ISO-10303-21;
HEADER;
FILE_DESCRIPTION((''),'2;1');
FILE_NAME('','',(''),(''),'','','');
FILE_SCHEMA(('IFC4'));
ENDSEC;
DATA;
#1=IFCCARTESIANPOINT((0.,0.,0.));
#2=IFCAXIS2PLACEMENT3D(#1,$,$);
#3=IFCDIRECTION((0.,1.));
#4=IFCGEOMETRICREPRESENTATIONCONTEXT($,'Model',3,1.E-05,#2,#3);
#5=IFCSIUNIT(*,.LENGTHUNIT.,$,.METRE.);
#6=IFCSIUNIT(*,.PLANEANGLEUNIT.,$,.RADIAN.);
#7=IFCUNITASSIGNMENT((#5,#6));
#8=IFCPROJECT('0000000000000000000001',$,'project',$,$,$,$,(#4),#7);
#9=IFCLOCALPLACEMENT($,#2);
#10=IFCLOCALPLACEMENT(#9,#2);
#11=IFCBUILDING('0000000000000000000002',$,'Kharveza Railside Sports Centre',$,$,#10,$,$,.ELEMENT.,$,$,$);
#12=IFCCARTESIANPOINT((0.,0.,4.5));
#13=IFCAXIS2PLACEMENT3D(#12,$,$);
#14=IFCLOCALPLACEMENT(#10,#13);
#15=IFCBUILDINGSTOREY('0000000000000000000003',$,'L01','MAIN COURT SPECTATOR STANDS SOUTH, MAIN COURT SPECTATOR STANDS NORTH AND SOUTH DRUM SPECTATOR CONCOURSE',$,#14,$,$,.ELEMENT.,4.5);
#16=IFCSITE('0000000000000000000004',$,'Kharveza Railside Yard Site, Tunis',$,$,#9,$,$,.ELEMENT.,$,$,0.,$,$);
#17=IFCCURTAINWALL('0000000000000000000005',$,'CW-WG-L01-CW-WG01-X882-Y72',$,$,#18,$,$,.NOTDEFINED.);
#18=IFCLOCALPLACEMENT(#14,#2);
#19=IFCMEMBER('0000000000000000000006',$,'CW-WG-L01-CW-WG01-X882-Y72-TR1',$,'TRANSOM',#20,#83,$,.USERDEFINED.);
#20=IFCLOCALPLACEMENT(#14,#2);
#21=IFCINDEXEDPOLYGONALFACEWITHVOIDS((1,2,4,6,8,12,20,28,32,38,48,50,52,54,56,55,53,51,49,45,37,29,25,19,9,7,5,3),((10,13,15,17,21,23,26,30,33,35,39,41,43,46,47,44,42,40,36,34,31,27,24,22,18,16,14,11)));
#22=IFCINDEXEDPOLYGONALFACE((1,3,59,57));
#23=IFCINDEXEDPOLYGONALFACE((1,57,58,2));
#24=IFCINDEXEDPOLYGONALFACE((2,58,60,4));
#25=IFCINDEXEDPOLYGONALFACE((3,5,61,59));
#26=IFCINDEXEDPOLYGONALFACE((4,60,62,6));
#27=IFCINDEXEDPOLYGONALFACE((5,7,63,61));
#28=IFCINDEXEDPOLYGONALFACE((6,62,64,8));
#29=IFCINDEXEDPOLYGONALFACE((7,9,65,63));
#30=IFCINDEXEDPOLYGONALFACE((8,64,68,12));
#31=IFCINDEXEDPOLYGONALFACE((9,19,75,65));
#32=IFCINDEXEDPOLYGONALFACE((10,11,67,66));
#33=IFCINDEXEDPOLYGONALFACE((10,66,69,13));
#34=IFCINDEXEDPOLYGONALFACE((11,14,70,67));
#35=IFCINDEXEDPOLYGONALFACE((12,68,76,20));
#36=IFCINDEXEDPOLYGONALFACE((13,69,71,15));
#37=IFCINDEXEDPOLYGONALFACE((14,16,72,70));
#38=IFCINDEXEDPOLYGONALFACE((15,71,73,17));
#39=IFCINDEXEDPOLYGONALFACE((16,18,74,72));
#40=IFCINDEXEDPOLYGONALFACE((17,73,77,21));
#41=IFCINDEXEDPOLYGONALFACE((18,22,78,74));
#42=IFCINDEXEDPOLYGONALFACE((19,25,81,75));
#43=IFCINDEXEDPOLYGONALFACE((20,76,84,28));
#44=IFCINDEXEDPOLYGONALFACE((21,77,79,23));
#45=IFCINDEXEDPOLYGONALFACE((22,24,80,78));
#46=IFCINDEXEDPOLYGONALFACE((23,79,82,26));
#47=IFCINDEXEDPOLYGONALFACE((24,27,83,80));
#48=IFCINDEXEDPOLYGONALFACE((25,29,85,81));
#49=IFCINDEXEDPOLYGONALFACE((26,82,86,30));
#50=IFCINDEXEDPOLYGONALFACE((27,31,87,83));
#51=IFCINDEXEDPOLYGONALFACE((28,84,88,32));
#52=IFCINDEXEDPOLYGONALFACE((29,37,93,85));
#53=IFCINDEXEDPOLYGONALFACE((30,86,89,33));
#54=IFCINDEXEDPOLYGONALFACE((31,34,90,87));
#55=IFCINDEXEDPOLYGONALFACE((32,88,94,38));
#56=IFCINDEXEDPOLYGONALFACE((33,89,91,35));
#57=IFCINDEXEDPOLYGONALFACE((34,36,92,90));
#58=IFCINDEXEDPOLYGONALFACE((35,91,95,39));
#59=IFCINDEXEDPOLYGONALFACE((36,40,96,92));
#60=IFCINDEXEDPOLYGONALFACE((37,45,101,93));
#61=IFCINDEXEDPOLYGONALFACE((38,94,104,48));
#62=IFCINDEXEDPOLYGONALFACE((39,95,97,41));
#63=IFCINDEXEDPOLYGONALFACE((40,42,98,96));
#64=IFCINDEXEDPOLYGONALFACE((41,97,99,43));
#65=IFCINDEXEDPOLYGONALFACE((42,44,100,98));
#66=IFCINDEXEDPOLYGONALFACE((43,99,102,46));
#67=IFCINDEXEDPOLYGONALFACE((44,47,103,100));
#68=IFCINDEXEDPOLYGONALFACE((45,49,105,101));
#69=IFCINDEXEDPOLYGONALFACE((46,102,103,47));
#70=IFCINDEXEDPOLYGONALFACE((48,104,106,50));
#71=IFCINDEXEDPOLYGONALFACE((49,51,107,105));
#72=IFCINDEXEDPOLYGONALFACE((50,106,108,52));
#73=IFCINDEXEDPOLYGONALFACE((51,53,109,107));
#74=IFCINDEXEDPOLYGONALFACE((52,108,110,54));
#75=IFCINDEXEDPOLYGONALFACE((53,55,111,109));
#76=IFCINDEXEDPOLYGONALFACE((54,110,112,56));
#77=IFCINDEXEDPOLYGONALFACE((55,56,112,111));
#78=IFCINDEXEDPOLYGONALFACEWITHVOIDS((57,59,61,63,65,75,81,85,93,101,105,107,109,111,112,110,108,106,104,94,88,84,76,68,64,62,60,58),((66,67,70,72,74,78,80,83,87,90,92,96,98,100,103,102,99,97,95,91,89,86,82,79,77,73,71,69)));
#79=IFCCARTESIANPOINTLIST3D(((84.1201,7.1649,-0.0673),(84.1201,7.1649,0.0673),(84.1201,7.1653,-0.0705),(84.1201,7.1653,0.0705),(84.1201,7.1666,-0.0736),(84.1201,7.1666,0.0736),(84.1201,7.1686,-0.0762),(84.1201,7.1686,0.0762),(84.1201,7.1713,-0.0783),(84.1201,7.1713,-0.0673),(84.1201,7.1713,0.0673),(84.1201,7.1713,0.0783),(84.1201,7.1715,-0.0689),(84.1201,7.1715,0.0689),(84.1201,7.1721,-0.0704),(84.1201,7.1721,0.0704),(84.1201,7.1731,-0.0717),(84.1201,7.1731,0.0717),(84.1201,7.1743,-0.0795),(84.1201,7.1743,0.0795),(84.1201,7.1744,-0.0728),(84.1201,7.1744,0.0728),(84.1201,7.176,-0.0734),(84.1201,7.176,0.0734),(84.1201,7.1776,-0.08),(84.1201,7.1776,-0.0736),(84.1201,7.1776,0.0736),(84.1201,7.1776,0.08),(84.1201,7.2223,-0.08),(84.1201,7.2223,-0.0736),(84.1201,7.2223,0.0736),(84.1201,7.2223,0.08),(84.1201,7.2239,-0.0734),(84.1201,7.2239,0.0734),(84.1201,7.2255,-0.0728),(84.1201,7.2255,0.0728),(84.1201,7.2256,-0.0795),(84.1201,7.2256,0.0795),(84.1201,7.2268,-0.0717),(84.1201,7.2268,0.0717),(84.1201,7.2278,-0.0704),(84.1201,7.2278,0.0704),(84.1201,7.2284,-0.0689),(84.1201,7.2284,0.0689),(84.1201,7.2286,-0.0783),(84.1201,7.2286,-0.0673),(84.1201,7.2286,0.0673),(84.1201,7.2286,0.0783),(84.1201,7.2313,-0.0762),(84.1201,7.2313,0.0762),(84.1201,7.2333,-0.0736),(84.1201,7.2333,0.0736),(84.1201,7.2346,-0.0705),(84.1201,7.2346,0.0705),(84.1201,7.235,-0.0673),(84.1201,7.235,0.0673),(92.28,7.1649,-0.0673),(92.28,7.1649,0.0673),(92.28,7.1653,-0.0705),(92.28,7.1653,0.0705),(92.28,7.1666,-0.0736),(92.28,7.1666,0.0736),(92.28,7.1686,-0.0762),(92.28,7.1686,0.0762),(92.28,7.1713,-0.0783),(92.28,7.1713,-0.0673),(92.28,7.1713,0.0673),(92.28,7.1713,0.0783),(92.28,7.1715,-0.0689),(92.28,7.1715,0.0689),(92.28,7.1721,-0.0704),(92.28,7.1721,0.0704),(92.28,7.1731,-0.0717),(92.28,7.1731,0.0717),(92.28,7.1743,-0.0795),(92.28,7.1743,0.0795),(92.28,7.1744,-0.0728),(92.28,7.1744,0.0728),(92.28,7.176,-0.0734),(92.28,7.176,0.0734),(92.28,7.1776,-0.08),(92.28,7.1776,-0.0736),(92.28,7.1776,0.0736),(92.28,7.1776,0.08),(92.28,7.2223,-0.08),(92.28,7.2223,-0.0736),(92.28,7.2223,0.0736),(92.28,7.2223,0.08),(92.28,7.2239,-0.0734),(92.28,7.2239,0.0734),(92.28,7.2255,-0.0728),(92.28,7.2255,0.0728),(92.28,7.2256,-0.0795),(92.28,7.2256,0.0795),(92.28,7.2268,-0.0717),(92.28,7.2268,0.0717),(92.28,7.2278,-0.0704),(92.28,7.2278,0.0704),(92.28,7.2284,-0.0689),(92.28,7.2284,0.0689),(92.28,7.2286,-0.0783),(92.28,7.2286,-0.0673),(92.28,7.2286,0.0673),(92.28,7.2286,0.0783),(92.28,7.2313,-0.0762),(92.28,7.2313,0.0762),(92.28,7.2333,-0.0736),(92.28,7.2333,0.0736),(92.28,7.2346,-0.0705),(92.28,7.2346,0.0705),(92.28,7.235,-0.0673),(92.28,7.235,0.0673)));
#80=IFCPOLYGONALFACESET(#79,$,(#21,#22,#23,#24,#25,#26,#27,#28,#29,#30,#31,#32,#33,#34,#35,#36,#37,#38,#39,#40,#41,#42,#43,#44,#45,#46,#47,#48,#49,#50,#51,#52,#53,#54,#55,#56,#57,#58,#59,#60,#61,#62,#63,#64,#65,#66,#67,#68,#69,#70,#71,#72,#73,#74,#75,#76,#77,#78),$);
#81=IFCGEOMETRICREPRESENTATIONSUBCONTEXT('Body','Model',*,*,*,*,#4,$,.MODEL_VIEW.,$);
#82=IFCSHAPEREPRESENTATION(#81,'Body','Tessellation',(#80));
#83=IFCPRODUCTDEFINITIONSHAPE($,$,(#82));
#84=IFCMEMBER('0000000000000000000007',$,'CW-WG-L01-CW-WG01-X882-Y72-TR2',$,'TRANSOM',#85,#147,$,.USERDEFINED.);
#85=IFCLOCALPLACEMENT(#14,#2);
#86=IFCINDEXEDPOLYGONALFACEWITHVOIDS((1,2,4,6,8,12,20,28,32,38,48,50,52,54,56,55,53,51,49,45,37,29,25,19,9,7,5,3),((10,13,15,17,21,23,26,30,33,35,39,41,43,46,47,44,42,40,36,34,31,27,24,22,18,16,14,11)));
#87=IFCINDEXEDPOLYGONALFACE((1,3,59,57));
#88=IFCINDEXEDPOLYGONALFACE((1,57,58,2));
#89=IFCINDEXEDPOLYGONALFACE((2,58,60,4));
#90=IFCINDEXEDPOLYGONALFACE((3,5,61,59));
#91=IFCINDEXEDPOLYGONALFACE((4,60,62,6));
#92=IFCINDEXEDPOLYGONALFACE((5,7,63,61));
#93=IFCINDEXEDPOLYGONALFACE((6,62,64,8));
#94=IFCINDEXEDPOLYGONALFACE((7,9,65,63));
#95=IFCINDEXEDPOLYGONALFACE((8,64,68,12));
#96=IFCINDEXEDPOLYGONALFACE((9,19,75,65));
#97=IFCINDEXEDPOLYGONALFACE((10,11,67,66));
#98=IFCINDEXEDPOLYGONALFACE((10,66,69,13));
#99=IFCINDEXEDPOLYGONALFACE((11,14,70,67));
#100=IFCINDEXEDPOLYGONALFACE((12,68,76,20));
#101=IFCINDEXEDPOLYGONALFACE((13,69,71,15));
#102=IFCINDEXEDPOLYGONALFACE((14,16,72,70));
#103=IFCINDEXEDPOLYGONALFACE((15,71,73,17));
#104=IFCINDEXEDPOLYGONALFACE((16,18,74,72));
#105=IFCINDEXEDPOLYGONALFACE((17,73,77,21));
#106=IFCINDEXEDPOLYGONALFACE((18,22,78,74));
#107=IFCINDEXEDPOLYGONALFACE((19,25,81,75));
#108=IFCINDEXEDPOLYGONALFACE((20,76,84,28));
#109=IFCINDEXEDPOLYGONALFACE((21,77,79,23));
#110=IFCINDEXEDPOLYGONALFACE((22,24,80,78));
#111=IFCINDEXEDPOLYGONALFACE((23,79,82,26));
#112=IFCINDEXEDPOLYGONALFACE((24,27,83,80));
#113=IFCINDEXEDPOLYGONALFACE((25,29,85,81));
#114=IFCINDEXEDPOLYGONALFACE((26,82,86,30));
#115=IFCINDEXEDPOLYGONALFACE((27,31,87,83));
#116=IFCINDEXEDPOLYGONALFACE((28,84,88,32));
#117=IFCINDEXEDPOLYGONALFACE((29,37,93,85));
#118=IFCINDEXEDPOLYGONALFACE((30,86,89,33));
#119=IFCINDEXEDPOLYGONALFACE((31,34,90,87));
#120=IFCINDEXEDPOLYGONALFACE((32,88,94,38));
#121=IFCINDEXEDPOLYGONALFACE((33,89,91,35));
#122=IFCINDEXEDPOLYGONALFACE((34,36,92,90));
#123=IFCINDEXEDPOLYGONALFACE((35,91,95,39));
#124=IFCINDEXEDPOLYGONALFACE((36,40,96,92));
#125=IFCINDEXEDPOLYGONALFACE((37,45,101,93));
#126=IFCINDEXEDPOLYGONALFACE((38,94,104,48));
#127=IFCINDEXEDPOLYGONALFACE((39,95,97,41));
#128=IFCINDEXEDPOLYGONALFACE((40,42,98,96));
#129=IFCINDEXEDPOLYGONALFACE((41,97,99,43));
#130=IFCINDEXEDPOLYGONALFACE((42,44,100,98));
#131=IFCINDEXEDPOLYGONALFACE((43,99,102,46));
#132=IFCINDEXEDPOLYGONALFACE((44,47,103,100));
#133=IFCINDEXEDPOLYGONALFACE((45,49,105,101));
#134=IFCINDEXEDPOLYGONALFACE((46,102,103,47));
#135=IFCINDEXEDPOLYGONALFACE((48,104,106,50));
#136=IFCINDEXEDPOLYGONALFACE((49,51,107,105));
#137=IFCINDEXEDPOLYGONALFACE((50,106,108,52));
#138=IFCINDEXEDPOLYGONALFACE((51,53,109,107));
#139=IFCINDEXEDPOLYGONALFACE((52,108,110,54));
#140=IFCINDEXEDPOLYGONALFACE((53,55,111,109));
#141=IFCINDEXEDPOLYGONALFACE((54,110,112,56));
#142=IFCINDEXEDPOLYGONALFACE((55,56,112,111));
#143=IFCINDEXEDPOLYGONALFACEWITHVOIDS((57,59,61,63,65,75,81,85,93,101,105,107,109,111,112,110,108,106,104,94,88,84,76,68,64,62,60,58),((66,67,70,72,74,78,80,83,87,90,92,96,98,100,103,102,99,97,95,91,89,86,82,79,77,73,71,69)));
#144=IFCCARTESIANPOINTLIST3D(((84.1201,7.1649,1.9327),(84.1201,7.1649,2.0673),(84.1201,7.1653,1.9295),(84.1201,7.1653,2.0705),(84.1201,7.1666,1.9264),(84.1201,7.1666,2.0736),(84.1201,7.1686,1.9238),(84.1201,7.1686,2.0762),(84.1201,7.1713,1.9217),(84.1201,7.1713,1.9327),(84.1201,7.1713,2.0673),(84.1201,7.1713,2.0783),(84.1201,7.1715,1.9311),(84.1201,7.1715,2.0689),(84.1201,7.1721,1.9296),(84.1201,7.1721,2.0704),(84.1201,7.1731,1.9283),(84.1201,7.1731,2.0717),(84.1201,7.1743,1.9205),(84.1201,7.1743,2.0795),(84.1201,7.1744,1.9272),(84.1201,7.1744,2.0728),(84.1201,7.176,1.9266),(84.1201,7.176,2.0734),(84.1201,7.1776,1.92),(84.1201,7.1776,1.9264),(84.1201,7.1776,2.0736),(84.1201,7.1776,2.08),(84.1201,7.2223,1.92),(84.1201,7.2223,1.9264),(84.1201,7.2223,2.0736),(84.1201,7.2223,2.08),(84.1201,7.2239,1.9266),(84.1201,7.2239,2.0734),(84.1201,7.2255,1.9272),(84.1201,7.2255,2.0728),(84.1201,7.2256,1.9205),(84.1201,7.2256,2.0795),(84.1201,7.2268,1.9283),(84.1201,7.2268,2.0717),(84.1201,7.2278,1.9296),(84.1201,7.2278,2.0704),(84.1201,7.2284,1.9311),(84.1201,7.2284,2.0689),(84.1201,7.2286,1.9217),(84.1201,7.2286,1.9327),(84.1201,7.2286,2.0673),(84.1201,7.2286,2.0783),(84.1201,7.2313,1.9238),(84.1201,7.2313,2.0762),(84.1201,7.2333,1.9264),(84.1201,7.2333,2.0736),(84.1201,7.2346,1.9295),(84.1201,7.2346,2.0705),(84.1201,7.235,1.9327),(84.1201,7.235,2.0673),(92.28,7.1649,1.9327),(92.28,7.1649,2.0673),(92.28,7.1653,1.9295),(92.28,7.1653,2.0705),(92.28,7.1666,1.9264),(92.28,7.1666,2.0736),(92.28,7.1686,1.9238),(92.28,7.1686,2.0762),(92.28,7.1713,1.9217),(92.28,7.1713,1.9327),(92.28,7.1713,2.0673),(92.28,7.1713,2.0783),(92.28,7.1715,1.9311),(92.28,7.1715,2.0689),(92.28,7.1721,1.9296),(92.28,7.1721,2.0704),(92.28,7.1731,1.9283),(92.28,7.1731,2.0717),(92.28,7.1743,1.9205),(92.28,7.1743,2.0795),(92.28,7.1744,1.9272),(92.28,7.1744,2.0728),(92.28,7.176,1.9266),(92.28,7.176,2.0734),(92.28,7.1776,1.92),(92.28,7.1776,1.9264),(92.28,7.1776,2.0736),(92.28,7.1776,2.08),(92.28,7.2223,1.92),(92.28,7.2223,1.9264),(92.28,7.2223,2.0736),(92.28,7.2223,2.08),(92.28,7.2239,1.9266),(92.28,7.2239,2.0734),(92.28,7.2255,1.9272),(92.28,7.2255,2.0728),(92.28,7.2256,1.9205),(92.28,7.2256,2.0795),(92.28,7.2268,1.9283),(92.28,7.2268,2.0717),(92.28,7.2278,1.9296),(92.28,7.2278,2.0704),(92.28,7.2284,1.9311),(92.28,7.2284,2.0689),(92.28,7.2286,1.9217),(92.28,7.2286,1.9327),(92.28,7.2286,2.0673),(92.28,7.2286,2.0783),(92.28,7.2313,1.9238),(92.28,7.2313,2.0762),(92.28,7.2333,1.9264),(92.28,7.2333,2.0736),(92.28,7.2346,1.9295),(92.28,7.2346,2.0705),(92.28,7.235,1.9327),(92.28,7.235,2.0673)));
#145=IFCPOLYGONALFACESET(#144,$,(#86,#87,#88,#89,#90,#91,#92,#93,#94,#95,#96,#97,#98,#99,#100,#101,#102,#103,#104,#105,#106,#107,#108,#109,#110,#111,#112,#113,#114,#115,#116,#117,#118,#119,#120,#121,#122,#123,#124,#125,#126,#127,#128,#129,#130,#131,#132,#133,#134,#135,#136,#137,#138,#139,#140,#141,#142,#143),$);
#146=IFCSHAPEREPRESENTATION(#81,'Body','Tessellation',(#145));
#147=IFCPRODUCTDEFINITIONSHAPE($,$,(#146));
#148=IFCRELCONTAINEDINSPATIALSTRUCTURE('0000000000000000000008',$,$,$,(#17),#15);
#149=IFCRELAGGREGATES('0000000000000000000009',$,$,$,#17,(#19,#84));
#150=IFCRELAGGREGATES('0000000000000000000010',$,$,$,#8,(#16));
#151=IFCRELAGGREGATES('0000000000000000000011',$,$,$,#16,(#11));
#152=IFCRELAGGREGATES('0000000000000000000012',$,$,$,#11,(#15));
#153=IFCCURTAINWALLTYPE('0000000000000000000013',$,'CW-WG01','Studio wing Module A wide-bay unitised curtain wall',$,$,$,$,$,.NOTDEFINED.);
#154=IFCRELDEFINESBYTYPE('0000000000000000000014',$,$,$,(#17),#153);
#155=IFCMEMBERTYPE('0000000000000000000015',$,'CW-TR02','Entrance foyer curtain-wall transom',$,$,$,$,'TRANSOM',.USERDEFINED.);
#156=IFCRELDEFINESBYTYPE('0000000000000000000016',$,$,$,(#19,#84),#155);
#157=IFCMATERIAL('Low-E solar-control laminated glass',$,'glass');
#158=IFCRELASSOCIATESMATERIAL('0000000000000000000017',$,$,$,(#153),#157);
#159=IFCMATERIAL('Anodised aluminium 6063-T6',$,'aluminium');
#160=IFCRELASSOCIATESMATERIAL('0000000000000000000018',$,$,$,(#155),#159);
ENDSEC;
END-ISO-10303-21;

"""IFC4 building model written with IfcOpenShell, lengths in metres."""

from ifc_helpers import new_model, si_unit, direction, frame, origin, origin_2d, place, context, subcontext, project, spatial, hollow_rectangle, extrude, material, material_profile, profile_set, type_object, element, aggregate, save


model = new_model("IFC4")

# Units and contexts
model_context = context("Model", 3, precision=1e-05, world=origin(), true_north=direction((0.0, 1.0)))
body_context = subcontext(model_context, "Body", "Model", "MODEL_VIEW")
ifc_project = project(units=[si_unit("LENGTHUNIT", "METRE"), si_unit("PLANEANGLEUNIT", "RADIAN")], contexts=[model_context])

# Site, building, storey
site_placement = place(None, origin())
site = spatial("IfcSite", under=ifc_project, at=site_placement, Name="Kharveza Railside Yard Site, Tunis", CompositionType="ELEMENT", RefElevation=0.0)
building_placement = place(site_placement, origin())
building = spatial("IfcBuilding", under=site, at=building_placement, Name="Kharveza Railside Sports Centre", CompositionType="ELEMENT")
storey_placement = place(building_placement, frame((0.0, 0.0, 4.5)))
storey = spatial("IfcBuildingStorey", under=building, at=storey_placement, Name="L01", Description="MAIN COURT SPECTATOR STANDS SOUTH, MAIN COURT SPECTATOR STANDS NORTH AND SOUTH DRUM SPECTATOR CONCOURSE", CompositionType="ELEMENT", Elevation=4.5)

# Curtain wall, members
ifc_material_1 = material(Name="Low-E solar-control laminated glass", Category="glass")
curtain_wall_type = type_object("IfcCurtainWallType", Name="CW-WG01", Description="Studio wing Module A wide-bay unitised curtain wall", PredefinedType="NOTDEFINED", material=ifc_material_1)
curtain_wall_placement = place(storey_placement, origin())
curtain_wall = element("IfcCurtainWall", 1, at=curtain_wall_placement, inside=storey, type_object=curtain_wall_type, Name="CW-WG-L01-CW-WG01-X882-Y72", PredefinedType="NOTDEFINED")
ifc_material_2 = material(Name="Anodised aluminium 6063-T6", Category="aluminium")
ifc_material_profile_1 = material_profile(ifc_material_2, hollow_rectangle(XDim=0.0701, YDim=0.1599, WallThickness=0.0063, InnerFilletRadius=0.0063, OuterFilletRadius=0.0127, at=origin_2d()), Name="RHS 70x160x6.3")
ifc_profile_set_1 = profile_set([ifc_material_profile_1], Name="Anodised aluminium 6063-T6")
member_type_1 = type_object("IfcMemberType", Name="CW-TR02", Description="Entrance foyer curtain-wall transom", ElementType="TRANSOM", PredefinedType="USERDEFINED", material=ifc_profile_set_1)
member_1_placement = place(storey_placement, frame((84.1201, 7.2, 0.0), z_axis=(1.0, 0.0, 0.0), x_axis=(0.0, 1.0, 0.0)))
member_1 = element("IfcMember", 2, at=member_1_placement, type_object=member_type_1, Name="CW-WG-L01-CW-WG01-X882-Y72-TR1", ObjectType="TRANSOM", PredefinedType="USERDEFINED", context=body_context, shape_type="SweptSolid", body=[
    extrude(hollow_rectangle(XDim=0.0701, YDim=0.1599, WallThickness=0.0063, InnerFilletRadius=0.0063, OuterFilletRadius=0.0127, at=origin_2d()), origin(), (0.0, 0.0, 1.0), 8.1599),
])
member_2_placement = place(storey_placement, frame((84.1201, 7.2, 2.0), z_axis=(1.0, 0.0, 0.0), x_axis=(0.0, 1.0, 0.0)))
member_2 = element("IfcMember", 3, at=member_2_placement, type_object=member_type_1, Name="CW-WG-L01-CW-WG01-X882-Y72-TR2", ObjectType="TRANSOM", PredefinedType="USERDEFINED", context=body_context, shape_type="SweptSolid", body=[
    extrude(hollow_rectangle(XDim=0.0701, YDim=0.1599, WallThickness=0.0063, InnerFilletRadius=0.0063, OuterFilletRadius=0.0127, at=origin_2d()), origin(), (0.0, 0.0, 1.0), 8.1599),
])
aggregate(curtain_wall, [member_1, member_2])

save(model, "model.ifc")
